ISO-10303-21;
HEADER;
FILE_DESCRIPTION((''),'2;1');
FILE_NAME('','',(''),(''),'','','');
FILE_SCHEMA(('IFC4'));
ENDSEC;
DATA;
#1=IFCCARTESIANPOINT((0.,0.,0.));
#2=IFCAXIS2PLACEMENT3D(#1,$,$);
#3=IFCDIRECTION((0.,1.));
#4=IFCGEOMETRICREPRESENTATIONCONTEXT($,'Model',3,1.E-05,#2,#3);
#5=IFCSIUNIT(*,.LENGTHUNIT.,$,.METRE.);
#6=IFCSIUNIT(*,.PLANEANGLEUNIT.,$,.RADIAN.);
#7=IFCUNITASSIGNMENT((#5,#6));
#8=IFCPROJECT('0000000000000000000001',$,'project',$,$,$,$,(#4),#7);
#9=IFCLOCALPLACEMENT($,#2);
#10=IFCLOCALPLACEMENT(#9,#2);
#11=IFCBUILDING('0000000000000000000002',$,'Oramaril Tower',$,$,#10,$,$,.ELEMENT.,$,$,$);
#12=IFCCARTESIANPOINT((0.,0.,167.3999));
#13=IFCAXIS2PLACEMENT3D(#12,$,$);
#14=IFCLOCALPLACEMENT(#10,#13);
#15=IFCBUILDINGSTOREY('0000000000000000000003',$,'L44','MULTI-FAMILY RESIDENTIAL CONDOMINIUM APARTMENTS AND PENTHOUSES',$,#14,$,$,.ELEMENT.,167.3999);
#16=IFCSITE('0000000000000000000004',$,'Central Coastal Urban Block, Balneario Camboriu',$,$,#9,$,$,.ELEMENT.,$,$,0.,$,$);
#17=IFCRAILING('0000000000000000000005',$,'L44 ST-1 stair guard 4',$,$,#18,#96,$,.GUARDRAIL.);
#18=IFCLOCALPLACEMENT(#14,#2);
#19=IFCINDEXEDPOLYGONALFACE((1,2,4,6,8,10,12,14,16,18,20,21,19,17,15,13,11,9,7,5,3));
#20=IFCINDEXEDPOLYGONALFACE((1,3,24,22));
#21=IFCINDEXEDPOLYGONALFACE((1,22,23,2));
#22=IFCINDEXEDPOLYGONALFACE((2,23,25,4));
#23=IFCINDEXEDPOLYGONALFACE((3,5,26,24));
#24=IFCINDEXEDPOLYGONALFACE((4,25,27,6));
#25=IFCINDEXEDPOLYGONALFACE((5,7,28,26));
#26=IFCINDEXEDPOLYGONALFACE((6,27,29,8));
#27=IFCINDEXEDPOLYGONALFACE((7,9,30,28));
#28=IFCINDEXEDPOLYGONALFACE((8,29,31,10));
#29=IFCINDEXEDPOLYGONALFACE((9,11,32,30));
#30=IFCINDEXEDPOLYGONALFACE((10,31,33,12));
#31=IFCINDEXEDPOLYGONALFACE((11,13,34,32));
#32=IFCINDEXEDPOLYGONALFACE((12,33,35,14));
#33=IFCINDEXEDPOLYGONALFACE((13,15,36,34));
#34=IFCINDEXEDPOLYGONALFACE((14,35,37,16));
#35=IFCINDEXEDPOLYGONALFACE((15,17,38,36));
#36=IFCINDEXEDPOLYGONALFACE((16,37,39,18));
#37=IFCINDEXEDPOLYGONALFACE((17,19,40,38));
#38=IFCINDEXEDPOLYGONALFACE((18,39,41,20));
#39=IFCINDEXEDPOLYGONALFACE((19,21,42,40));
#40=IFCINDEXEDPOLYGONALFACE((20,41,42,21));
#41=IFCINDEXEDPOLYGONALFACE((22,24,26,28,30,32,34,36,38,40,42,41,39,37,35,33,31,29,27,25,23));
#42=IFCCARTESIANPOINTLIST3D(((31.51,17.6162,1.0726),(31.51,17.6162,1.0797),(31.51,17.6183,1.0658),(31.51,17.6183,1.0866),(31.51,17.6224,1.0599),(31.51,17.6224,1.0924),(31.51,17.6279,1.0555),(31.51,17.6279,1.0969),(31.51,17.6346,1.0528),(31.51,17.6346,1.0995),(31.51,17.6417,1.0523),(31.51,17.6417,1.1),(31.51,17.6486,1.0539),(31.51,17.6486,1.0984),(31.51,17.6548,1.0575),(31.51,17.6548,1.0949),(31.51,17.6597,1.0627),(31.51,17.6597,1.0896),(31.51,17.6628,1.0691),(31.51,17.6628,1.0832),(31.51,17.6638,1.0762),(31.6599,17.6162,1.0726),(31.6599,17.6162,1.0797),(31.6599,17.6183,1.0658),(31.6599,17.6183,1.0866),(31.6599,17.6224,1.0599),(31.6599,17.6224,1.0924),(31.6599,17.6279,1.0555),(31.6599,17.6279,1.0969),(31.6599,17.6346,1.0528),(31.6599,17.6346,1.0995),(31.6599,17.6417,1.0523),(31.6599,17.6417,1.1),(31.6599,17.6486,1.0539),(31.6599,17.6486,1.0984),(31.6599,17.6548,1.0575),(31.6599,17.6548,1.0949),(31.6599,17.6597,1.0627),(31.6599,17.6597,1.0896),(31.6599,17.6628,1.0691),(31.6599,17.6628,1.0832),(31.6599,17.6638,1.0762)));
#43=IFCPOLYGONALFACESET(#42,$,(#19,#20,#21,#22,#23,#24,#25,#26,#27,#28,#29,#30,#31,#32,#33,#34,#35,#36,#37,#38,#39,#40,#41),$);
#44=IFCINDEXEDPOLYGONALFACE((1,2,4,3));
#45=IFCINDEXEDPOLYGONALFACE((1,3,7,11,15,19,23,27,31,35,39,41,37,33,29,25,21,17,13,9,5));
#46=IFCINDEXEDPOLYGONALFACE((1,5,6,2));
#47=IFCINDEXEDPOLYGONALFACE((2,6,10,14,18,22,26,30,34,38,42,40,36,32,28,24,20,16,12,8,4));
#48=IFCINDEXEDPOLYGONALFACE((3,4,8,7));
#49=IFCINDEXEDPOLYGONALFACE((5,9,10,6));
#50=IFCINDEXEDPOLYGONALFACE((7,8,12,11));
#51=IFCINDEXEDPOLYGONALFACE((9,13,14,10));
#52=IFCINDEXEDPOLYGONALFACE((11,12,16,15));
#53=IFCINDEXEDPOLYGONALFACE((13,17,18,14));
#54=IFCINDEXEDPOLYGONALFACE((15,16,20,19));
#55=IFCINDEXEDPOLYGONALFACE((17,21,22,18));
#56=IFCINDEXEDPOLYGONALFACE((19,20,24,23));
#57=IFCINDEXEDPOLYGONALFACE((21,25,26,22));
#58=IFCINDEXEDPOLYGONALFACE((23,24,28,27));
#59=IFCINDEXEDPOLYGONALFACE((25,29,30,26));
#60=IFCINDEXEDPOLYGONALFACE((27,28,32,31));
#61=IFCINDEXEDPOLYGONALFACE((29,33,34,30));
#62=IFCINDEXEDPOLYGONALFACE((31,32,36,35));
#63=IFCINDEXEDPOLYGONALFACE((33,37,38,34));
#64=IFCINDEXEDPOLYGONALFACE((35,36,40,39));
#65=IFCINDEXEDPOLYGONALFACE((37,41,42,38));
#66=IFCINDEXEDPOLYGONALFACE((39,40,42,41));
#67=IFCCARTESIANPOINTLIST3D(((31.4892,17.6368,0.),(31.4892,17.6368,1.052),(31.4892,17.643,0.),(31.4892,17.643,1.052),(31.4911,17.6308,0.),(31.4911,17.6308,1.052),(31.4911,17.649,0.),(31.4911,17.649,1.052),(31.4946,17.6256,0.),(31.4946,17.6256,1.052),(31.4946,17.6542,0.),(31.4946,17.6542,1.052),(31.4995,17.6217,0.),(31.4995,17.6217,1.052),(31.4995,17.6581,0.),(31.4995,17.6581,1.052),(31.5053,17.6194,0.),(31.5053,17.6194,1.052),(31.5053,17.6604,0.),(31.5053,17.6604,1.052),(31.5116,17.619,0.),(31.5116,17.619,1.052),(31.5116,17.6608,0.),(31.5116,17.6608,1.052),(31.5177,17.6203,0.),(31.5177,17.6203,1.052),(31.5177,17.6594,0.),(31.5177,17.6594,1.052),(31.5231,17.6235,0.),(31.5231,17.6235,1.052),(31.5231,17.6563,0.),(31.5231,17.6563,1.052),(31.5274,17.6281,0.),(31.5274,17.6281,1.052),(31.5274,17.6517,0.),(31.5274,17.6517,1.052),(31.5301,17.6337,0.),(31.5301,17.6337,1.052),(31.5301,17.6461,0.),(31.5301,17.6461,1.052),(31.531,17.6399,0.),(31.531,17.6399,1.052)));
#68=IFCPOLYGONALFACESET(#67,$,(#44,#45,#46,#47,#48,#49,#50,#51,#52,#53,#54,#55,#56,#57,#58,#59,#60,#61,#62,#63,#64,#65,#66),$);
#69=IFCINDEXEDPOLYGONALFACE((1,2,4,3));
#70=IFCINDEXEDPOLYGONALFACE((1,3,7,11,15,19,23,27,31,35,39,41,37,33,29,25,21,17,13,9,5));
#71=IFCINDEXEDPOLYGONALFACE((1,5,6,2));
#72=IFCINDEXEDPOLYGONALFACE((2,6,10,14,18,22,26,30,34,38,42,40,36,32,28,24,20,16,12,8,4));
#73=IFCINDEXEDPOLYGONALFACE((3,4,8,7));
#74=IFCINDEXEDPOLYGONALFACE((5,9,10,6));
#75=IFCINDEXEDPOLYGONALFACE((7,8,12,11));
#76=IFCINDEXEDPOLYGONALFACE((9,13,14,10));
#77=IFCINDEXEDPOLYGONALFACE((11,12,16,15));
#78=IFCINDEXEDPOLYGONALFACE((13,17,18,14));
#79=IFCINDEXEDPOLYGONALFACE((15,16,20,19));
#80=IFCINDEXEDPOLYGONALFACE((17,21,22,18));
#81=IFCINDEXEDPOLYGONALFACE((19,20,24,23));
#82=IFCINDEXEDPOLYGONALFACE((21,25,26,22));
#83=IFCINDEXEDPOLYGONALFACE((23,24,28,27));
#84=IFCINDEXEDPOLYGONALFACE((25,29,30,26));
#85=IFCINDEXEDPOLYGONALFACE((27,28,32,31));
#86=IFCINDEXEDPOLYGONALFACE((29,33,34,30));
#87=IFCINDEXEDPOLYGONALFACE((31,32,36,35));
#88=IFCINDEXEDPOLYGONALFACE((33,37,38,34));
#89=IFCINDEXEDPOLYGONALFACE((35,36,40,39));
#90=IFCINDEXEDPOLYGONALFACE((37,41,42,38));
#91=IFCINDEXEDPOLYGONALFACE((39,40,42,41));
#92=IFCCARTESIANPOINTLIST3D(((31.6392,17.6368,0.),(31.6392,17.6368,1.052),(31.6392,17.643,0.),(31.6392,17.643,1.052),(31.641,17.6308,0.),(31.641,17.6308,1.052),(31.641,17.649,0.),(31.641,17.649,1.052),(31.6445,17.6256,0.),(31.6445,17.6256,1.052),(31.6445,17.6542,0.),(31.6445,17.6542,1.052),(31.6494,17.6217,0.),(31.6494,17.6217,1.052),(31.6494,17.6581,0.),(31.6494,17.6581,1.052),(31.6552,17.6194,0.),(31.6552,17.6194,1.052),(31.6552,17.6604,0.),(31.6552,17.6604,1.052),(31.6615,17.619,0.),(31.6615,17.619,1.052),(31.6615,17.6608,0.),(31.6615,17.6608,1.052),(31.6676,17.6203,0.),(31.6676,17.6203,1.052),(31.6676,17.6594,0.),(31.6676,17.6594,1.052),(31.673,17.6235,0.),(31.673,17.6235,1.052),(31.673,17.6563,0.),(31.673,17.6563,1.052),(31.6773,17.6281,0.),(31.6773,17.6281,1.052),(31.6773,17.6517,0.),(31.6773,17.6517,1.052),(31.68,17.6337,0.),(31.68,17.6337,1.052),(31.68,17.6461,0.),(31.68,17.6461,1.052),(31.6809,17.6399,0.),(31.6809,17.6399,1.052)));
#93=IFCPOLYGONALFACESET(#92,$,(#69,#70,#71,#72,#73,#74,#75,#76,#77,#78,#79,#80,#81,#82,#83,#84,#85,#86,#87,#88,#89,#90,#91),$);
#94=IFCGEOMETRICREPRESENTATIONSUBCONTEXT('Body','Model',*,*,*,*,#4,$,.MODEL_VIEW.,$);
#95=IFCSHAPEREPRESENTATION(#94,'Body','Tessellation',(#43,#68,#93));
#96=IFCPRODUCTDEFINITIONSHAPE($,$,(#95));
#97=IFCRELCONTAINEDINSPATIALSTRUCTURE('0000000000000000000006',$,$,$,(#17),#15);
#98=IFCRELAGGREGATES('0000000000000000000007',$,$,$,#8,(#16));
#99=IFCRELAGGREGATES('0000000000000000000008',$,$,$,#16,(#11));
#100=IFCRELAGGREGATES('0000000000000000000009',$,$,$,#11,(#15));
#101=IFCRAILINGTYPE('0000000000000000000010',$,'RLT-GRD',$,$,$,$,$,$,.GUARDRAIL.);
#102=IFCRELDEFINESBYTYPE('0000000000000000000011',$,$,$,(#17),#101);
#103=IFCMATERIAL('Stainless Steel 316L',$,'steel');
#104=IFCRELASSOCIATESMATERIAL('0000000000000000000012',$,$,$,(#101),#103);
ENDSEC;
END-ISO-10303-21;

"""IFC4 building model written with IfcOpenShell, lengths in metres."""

from ifc_helpers import new_model, si_unit, direction, frame, origin, origin_2d, place, context, subcontext, project, spatial, circle, extrude, material, type_object, element, save


model = new_model("IFC4")

# Units and contexts
model_context = context("Model", 3, precision=1e-05, world=origin(), true_north=direction((0.0, 1.0)))
body_context = subcontext(model_context, "Body", "Model", "MODEL_VIEW")
ifc_project = project(units=[si_unit("LENGTHUNIT", "METRE"), si_unit("PLANEANGLEUNIT", "RADIAN")], contexts=[model_context])

# Site, building, storey
site_placement = place(None, origin())
site = spatial("IfcSite", under=ifc_project, at=site_placement, Name="Central Coastal Urban Block, Balneario Camboriu", CompositionType="ELEMENT", RefElevation=0.0)
building_placement = place(site_placement, origin())
building = spatial("IfcBuilding", under=site, at=building_placement, Name="Oramaril Tower", CompositionType="ELEMENT")
storey_placement = place(building_placement, frame((0.0, 0.0, 167.3999)))
storey = spatial("IfcBuildingStorey", under=building, at=storey_placement, Name="L44", Description="MULTI-FAMILY RESIDENTIAL CONDOMINIUM APARTMENTS AND PENTHOUSES", CompositionType="ELEMENT", Elevation=167.3999)

# Railing
ifc_material_1 = material(Name="Stainless Steel 316L", Category="steel")
railing_type_1 = type_object("IfcRailingType", Name="RLT-GRD", PredefinedType="GUARDRAIL", material=ifc_material_1)
railing_1_placement = place(storey_placement, frame((31.51, 17.6399, 0.0)))
element("IfcRailing", 1, at=railing_1_placement, inside=storey, type_object=railing_type_1, Name="L44 ST-1 stair guard 4", PredefinedType="GUARDRAIL", context=body_context, shape_type="SweptSolid", body=[
    extrude(circle(Radius=0.0239, at=origin_2d()), frame((0.0, 0.0, 1.0762), z_axis=(1.0, 0.0, 0.0), x_axis=(0.0, 1.0, 0.0)), (0.0, 0.0, 1.0), 0.1499),
    extrude(circle(Radius=0.021, at=origin_2d()), origin(), (0.0, 0.0, 1.0), 1.052),
    extrude(circle(Radius=0.021, at=origin_2d()), frame((0.1499, 0.0, 0.0)), (0.0, 0.0, 1.0), 1.052),
])

save(model, "model.ifc")
